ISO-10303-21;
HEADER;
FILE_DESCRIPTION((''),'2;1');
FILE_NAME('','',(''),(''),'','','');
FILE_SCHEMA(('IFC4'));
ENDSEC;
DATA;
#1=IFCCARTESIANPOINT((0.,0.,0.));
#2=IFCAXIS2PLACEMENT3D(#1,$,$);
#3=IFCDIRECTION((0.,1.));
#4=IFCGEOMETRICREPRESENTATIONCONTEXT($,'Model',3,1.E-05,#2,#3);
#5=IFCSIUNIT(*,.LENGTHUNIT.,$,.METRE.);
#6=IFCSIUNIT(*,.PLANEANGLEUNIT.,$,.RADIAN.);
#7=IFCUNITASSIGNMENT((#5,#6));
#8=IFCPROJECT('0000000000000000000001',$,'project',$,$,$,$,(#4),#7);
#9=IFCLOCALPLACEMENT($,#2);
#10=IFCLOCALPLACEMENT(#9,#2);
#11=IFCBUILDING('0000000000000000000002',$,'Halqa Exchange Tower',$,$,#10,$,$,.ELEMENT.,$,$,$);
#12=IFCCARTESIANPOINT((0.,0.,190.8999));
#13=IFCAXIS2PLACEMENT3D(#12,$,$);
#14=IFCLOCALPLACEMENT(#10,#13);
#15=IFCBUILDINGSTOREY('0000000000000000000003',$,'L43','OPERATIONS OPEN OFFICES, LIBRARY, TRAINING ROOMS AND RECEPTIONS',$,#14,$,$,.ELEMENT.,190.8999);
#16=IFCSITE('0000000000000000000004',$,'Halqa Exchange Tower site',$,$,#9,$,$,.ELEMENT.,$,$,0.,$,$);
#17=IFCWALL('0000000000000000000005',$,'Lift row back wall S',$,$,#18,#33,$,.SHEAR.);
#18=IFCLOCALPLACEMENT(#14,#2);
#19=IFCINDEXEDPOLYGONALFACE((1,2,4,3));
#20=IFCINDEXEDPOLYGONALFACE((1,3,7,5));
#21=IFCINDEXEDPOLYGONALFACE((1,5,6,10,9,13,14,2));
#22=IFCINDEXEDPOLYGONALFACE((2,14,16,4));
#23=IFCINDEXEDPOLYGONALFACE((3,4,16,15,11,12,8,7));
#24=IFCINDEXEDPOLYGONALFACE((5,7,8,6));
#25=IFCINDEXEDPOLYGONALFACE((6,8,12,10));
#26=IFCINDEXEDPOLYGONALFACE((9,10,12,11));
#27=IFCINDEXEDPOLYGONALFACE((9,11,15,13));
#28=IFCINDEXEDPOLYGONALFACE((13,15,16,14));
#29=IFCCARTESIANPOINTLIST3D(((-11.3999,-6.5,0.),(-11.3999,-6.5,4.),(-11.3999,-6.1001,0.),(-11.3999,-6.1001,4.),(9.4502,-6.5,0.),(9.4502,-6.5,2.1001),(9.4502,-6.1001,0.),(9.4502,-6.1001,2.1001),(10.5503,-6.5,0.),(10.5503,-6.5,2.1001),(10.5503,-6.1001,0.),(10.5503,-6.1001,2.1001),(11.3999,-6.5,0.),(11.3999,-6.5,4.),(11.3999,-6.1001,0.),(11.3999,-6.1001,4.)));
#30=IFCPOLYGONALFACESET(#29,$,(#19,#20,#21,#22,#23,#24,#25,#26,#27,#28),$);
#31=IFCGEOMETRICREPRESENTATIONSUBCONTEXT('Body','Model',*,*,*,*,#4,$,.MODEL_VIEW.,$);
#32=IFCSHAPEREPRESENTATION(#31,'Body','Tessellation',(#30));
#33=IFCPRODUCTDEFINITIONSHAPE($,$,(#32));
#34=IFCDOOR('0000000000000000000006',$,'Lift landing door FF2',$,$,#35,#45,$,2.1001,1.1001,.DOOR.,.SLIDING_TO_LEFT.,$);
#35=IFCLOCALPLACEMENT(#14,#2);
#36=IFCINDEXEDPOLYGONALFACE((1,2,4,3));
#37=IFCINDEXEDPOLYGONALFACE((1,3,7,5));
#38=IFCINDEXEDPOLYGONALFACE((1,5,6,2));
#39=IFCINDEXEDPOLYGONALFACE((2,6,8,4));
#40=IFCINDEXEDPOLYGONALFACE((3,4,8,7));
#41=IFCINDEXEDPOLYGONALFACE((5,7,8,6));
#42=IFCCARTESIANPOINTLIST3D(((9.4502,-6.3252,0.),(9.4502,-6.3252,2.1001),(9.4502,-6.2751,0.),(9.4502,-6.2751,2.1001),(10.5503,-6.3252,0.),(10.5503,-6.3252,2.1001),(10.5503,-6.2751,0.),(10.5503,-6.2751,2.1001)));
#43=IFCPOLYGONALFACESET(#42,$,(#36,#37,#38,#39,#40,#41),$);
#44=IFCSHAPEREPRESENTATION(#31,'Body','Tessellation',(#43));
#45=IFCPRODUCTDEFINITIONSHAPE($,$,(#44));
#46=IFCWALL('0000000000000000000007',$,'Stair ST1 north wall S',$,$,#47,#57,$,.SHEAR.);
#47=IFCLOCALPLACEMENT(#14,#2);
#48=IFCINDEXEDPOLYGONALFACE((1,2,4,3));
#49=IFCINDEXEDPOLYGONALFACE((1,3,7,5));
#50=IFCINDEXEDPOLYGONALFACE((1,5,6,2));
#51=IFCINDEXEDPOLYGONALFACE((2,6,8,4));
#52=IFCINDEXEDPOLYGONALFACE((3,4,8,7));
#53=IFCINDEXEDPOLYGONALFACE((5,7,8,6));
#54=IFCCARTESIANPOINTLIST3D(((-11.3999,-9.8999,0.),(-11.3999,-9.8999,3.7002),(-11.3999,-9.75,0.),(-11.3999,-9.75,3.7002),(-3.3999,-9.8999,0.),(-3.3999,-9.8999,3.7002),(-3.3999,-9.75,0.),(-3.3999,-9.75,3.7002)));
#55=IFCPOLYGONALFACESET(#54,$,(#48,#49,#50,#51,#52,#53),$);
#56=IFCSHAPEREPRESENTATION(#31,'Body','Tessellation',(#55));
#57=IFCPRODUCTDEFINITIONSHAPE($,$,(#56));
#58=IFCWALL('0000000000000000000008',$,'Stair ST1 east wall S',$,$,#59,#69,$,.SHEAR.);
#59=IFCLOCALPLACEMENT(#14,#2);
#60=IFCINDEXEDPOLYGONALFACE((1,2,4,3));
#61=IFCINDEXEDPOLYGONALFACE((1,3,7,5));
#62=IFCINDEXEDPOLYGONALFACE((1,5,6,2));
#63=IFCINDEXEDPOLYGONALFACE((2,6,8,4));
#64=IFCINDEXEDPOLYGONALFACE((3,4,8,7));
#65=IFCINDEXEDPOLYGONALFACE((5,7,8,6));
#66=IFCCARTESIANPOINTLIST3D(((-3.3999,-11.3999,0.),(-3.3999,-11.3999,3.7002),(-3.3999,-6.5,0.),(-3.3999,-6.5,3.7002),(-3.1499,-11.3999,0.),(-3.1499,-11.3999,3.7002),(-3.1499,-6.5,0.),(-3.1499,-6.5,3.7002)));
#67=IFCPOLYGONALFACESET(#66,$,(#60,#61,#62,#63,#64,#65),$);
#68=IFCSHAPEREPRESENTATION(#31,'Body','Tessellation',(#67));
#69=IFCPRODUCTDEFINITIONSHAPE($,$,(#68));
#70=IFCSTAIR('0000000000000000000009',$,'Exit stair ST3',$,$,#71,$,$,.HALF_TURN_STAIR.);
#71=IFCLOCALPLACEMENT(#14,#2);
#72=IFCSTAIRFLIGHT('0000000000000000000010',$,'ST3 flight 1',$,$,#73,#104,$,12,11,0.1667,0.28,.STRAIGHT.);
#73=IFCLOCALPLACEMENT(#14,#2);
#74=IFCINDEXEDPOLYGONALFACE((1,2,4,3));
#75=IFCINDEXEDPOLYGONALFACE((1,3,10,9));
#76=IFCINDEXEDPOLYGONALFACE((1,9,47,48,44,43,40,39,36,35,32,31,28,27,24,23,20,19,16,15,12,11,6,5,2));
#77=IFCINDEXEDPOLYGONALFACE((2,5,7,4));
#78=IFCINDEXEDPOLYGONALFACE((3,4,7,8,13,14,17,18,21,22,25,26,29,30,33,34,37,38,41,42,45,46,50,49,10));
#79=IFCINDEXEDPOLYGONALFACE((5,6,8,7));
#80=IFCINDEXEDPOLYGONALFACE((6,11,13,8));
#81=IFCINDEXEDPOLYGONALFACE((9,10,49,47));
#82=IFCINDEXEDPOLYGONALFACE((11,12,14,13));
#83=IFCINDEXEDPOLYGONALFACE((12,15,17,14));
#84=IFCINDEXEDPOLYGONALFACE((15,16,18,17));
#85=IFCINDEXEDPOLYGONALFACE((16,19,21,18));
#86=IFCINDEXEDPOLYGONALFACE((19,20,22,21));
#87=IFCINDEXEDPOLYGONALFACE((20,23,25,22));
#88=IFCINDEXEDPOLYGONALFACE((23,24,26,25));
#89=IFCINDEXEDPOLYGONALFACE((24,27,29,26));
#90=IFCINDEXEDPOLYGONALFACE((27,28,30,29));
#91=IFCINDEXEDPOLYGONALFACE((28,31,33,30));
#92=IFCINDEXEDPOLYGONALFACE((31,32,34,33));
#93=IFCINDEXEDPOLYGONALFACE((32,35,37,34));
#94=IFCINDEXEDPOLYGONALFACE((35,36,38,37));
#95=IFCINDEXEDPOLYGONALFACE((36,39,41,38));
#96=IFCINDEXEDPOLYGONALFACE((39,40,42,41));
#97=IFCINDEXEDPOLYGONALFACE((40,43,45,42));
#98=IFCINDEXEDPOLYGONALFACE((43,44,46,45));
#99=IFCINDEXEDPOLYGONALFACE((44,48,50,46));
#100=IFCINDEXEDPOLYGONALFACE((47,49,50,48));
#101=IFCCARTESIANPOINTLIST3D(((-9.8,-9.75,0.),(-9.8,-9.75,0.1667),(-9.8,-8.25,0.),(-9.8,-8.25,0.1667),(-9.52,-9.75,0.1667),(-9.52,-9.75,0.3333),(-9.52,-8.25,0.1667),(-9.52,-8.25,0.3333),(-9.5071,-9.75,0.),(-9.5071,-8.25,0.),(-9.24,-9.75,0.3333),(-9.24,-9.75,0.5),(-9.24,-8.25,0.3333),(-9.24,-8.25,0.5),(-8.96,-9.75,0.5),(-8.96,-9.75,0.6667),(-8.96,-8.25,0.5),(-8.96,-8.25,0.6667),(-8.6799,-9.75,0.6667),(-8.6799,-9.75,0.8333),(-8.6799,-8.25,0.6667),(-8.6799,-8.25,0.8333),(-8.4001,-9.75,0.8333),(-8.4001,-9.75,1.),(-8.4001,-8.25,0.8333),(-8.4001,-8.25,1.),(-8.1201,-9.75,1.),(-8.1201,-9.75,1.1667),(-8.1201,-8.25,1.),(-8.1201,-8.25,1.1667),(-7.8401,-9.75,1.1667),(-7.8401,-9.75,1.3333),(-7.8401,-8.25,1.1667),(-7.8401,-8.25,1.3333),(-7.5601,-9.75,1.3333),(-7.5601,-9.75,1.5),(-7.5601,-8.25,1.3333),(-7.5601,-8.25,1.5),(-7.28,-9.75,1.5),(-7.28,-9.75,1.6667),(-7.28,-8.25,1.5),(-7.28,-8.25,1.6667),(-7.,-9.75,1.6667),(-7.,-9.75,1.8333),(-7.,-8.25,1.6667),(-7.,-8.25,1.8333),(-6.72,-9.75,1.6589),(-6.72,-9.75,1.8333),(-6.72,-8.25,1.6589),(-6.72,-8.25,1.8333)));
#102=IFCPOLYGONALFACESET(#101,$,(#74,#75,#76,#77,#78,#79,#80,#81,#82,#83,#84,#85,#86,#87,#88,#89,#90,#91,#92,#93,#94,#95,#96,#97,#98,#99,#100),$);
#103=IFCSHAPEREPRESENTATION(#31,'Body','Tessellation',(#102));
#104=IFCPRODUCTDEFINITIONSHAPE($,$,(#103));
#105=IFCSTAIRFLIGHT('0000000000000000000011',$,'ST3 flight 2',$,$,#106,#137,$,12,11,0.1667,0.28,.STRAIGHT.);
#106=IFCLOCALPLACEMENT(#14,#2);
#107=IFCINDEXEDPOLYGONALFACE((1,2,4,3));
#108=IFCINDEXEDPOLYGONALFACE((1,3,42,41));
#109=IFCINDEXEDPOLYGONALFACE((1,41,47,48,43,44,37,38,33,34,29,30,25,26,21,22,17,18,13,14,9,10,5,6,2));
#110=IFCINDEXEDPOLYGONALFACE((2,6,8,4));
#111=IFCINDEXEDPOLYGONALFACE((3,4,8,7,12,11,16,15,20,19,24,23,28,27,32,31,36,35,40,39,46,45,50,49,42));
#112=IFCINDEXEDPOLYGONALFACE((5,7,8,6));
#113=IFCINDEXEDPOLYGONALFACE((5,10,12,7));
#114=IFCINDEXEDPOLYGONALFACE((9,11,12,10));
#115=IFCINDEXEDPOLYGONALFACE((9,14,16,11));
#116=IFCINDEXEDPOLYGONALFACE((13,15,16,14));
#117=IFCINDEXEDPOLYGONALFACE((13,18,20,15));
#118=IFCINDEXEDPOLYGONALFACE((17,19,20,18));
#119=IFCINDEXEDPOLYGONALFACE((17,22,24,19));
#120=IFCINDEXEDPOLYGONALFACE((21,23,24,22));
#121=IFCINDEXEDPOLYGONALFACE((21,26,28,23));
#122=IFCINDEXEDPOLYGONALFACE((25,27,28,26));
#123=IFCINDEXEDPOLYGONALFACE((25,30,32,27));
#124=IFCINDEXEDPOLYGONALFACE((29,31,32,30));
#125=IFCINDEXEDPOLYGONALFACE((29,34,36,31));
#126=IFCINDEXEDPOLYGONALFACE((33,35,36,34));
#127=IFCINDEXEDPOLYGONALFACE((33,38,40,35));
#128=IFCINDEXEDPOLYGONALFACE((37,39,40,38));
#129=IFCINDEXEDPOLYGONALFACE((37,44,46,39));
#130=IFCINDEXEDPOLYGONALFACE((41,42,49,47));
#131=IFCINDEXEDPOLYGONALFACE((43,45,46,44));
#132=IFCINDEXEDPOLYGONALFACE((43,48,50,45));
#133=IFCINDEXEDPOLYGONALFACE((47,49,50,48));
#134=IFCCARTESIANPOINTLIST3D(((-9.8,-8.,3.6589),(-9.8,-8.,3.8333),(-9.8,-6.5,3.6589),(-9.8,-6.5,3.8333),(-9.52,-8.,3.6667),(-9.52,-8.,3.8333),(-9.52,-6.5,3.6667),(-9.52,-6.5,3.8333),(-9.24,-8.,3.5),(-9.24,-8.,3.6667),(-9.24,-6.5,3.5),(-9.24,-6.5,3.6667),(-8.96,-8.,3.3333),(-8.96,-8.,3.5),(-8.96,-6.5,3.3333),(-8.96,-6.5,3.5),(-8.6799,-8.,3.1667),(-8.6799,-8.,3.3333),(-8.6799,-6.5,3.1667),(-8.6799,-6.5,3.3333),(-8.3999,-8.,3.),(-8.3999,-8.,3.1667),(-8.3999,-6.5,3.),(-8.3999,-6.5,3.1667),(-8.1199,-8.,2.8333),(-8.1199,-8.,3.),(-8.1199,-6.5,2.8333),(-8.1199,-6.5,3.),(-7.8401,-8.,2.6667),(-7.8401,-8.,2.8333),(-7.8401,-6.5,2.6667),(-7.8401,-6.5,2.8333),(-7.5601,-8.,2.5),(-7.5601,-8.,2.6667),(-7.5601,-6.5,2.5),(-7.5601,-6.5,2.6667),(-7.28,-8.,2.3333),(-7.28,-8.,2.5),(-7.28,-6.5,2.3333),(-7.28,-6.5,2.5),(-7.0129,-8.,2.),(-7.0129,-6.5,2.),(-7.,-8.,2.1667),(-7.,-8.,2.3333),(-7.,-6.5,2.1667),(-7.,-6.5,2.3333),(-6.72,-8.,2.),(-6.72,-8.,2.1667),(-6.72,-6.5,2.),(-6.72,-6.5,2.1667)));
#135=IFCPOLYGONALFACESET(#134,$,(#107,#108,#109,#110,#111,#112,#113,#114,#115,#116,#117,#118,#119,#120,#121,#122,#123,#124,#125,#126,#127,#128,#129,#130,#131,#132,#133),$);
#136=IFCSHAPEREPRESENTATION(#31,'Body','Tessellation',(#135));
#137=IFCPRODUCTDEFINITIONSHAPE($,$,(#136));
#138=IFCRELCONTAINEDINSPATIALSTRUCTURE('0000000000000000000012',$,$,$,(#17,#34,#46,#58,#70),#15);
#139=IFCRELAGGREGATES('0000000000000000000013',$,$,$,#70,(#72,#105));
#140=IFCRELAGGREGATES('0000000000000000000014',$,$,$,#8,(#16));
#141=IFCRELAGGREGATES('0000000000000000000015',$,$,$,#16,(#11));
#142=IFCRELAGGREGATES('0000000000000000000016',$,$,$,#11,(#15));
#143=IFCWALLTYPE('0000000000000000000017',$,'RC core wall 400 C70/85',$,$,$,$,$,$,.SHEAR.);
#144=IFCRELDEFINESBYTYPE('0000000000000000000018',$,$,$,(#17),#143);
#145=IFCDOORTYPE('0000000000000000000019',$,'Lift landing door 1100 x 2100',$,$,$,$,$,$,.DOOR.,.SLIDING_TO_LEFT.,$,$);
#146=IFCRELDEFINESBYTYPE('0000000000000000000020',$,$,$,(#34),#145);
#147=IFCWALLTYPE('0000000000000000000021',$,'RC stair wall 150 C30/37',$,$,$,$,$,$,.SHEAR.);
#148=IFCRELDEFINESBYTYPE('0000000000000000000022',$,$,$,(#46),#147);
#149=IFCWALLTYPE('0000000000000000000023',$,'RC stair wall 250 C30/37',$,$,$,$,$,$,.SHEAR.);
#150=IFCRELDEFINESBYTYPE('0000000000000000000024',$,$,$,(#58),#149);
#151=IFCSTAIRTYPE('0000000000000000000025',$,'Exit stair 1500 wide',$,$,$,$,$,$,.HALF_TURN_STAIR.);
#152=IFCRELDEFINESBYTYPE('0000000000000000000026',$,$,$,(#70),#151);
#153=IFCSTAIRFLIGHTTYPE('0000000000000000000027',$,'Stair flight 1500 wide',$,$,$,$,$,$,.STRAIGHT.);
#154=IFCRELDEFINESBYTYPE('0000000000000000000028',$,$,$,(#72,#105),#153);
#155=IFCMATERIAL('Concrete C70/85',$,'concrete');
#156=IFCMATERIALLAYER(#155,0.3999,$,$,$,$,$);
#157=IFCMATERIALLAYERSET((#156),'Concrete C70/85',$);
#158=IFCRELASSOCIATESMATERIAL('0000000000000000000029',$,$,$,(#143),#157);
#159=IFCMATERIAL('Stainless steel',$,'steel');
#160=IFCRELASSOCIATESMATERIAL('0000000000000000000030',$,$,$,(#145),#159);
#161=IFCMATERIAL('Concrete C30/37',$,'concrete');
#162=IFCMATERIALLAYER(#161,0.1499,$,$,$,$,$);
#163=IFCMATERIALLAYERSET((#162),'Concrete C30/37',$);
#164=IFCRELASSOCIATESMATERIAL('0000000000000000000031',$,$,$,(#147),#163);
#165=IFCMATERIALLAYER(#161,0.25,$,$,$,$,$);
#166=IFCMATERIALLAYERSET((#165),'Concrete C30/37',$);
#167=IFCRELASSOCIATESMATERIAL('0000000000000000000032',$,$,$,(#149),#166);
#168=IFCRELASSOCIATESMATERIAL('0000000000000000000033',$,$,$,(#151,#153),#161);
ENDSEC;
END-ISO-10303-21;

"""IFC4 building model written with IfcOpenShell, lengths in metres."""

from ifc_helpers import new_model, si_unit, direction, frame, frame_2d, origin, place, context, subcontext, project, spatial, polyline, rectangle, outline, extrude, material, layer, layer_set, type_object, element, fill, aggregate, save


model = new_model("IFC4")

# Units and contexts
model_context = context("Model", 3, precision=1e-05, world=origin(), true_north=direction((0.0, 1.0)))
body_context = subcontext(model_context, "Body", "Model", "MODEL_VIEW")
ifc_project = project(units=[si_unit("LENGTHUNIT", "METRE"), si_unit("PLANEANGLEUNIT", "RADIAN")], contexts=[model_context])

# Site, building, storey
site_placement = place(None, origin())
site = spatial("IfcSite", under=ifc_project, at=site_placement, Name="Halqa Exchange Tower site", CompositionType="ELEMENT", RefElevation=0.0)
building_placement = place(site_placement, origin())
building = spatial("IfcBuilding", under=site, at=building_placement, Name="Halqa Exchange Tower", CompositionType="ELEMENT")
storey_placement = place(building_placement, frame((0.0, 0.0, 190.8999)))
storey = spatial("IfcBuildingStorey", under=building, at=storey_placement, Name="L43", Description="OPERATIONS OPEN OFFICES, LIBRARY, TRAINING ROOMS AND RECEPTIONS", CompositionType="ELEMENT", Elevation=190.8999)

# Shared definitions
ifc_material_1 = material(Name="Concrete C70/85", Category="concrete")
ifc_layer_1 = layer(ifc_material_1, 0.3999)
ifc_layer_set_1 = layer_set([ifc_layer_1], Name="Concrete C70/85")
wall_type_1 = type_object("IfcWallType", Name="RC core wall 400 C70/85", PredefinedType="SHEAR", material=ifc_layer_set_1)
ifc_material_2 = material(Name="Stainless steel", Category="steel")
door_type_1 = type_object("IfcDoorType", Name="Lift landing door 1100 x 2100", OperationType="SLIDING_TO_LEFT", PredefinedType="DOOR", material=ifc_material_2)

# Wall, opening, door
wall_1_placement = place(storey_placement, frame((-11.3999, -6.3, 0.0), z_axis=(0.0, 0.0, 1.0), x_axis=(1.0, 0.0, 0.0)))
wall_1 = element("IfcWall", 1, at=wall_1_placement, inside=storey, type_object=wall_type_1, Name="Lift row back wall S", PredefinedType="SHEAR", context=body_context, shape_type="SweptSolid", body=[
    extrude(rectangle(XDim=22.7998, YDim=0.3999, at=frame_2d((11.3999, 0.0))), origin(), (0.0, 0.0, 1.0), 4.0),
])
opening_1_placement = place(wall_1_placement, frame((20.8501, 0.0, 0.0)))
opening_1 = element("IfcOpeningElement", 2, at=opening_1_placement, cuts=wall_1, PredefinedType="OPENING", context=body_context, shape_type="SweptSolid", body=[
    extrude(rectangle(XDim=1.1001, YDim=2.1001, at=frame_2d((0.55, 1.05))), frame((0.0, 0.2119, 0.0), z_axis=(0.0, -1.0, 0.0), x_axis=(1.0, 0.0, 0.0)), (0.0, 0.0, 1.0), 0.4238),
])
door_1_placement = place(opening_1_placement, origin())
door_1 = element("IfcDoor", 3, at=door_1_placement, inside=storey, type_object=door_type_1, Name="Lift landing door FF2", OperationType="SLIDING_TO_LEFT", OverallHeight=2.1001, OverallWidth=1.1001, PredefinedType="DOOR", context=body_context, shape_type="SweptSolid", body=[
    extrude(rectangle(XDim=1.1001, YDim=2.1001, at=frame_2d((0.55, 1.05))), frame((0.0, 0.0249, 0.0), z_axis=(0.0, -1.0, 0.0), x_axis=(1.0, 0.0, 0.0)), (0.0, 0.0, 1.0), 0.05),
])
fill(opening_1, door_1)

# Walls
ifc_material_3 = material(Name="Concrete C30/37", Category="concrete")
ifc_layer_2 = layer(ifc_material_3, 0.1499)
ifc_layer_set_2 = layer_set([ifc_layer_2], Name="Concrete C30/37")
wall_type_2 = type_object("IfcWallType", Name="RC stair wall 150 C30/37", PredefinedType="SHEAR", material=ifc_layer_set_2)
wall_2_placement = place(storey_placement, frame((-11.3999, -9.825, 0.0), z_axis=(0.0, 0.0, 1.0), x_axis=(1.0, 0.0, 0.0)))
element("IfcWall", 4, at=wall_2_placement, inside=storey, type_object=wall_type_2, Name="Stair ST1 north wall S", PredefinedType="SHEAR", context=body_context, shape_type="SweptSolid", body=[
    extrude(rectangle(XDim=8.0, YDim=0.1499, at=frame_2d((4.0, 0.0))), origin(), (0.0, 0.0, 1.0), 3.7002),
])
ifc_layer_3 = layer(ifc_material_3, 0.25)
ifc_layer_set_3 = layer_set([ifc_layer_3], Name="Concrete C30/37")
wall_type_3 = type_object("IfcWallType", Name="RC stair wall 250 C30/37", PredefinedType="SHEAR", material=ifc_layer_set_3)
wall_3_placement = place(storey_placement, frame((-3.2749, -11.3999, 0.0), z_axis=(0.0, 0.0, 1.0), x_axis=(0.0, 1.0, 0.0)))
element("IfcWall", 5, at=wall_3_placement, inside=storey, type_object=wall_type_3, Name="Stair ST1 east wall S", PredefinedType="SHEAR", context=body_context, shape_type="SweptSolid", body=[
    extrude(rectangle(XDim=4.8999, YDim=0.25, at=frame_2d((2.45, 0.0))), origin(), (0.0, 0.0, 1.0), 3.7002),
])

# Stair, stair flights
stair_type = type_object("IfcStairType", Name="Exit stair 1500 wide", PredefinedType="HALF_TURN_STAIR", material=ifc_material_3)
stair_placement = place(storey_placement, origin())
stair = element("IfcStair", 6, at=stair_placement, inside=storey, type_object=stair_type, Name="Exit stair ST3", PredefinedType="HALF_TURN_STAIR")
stair_flight_type = type_object("IfcStairFlightType", Name="Stair flight 1500 wide", PredefinedType="STRAIGHT", material=ifc_material_3)
stair_flight_1_placement = place(storey_placement, frame((-9.8, -9.0, 0.0), z_axis=(0.0, 0.0, 1.0), x_axis=(1.0, 0.0, 0.0)))
stair_flight_1 = element("IfcStairFlight", 7, at=stair_flight_1_placement, type_object=stair_flight_type, Name="ST3 flight 1", NumberOfRisers=12, NumberOfTreads=11, PredefinedType="STRAIGHT", RiserHeight=0.1667, TreadLength=0.28, context=body_context, shape_type="SweptSolid", body=[
    extrude(outline(polyline([(0.0, 0.0), (0.0, 0.1667), (0.28, 0.1667), (0.28, 0.3333), (0.5601, 0.3333), (0.5601, 0.5), (0.8401, 0.5), (0.8401, 0.6667), (1.1201, 0.6667), (1.1201, 0.8333), (1.3999, 0.8333), (1.3999, 1.0), (1.6799, 1.0), (1.6799, 1.1667), (1.96, 1.1667), (1.96, 1.3333), (2.24, 1.3333), (2.24, 1.5), (2.52, 1.5), (2.52, 1.6667), (2.8, 1.6667), (2.8, 1.8333), (3.0801, 1.8333), (3.0801, 2.0), (3.0801, 1.6589), (0.293, 0.0), (0.0, 0.0)])), frame((0.0, 0.75, 0.0), z_axis=(0.0, -1.0, 0.0), x_axis=(1.0, 0.0, 0.0)), (0.0, 0.0, 1.0), 1.5),
])
stair_flight_2_placement = place(storey_placement, frame((-6.72, -7.25, 2.0), z_axis=(0.0, 0.0, 1.0), x_axis=(-1.0, 0.0, 0.0)))
stair_flight_2 = element("IfcStairFlight", 8, at=stair_flight_2_placement, type_object=stair_flight_type, Name="ST3 flight 2", NumberOfRisers=12, NumberOfTreads=11, PredefinedType="STRAIGHT", RiserHeight=0.1667, TreadLength=0.28, context=body_context, shape_type="SweptSolid", body=[
    extrude(outline(polyline([(0.0, 0.0), (0.0, 0.1667), (0.28, 0.1667), (0.28, 0.3333), (0.5601, 0.3333), (0.5601, 0.5), (0.8401, 0.5), (0.8401, 0.6667), (1.1201, 0.6667), (1.1201, 0.8333), (1.3999, 0.8333), (1.3999, 1.0), (1.6799, 1.0), (1.6799, 1.1667), (1.96, 1.1667), (1.96, 1.3333), (2.24, 1.3333), (2.24, 1.5), (2.52, 1.5), (2.52, 1.6667), (2.8, 1.6667), (2.8, 1.8333), (3.0801, 1.8333), (3.0801, 2.0), (3.0801, 1.6589), (0.293, 0.0), (0.0, 0.0)])), frame((0.0, 0.75, 0.0), z_axis=(0.0, -1.0, 0.0), x_axis=(1.0, 0.0, 0.0)), (0.0, 0.0, 1.0), 1.5),
])
aggregate(stair, [stair_flight_1, stair_flight_2])

save(model, "model.ifc")
